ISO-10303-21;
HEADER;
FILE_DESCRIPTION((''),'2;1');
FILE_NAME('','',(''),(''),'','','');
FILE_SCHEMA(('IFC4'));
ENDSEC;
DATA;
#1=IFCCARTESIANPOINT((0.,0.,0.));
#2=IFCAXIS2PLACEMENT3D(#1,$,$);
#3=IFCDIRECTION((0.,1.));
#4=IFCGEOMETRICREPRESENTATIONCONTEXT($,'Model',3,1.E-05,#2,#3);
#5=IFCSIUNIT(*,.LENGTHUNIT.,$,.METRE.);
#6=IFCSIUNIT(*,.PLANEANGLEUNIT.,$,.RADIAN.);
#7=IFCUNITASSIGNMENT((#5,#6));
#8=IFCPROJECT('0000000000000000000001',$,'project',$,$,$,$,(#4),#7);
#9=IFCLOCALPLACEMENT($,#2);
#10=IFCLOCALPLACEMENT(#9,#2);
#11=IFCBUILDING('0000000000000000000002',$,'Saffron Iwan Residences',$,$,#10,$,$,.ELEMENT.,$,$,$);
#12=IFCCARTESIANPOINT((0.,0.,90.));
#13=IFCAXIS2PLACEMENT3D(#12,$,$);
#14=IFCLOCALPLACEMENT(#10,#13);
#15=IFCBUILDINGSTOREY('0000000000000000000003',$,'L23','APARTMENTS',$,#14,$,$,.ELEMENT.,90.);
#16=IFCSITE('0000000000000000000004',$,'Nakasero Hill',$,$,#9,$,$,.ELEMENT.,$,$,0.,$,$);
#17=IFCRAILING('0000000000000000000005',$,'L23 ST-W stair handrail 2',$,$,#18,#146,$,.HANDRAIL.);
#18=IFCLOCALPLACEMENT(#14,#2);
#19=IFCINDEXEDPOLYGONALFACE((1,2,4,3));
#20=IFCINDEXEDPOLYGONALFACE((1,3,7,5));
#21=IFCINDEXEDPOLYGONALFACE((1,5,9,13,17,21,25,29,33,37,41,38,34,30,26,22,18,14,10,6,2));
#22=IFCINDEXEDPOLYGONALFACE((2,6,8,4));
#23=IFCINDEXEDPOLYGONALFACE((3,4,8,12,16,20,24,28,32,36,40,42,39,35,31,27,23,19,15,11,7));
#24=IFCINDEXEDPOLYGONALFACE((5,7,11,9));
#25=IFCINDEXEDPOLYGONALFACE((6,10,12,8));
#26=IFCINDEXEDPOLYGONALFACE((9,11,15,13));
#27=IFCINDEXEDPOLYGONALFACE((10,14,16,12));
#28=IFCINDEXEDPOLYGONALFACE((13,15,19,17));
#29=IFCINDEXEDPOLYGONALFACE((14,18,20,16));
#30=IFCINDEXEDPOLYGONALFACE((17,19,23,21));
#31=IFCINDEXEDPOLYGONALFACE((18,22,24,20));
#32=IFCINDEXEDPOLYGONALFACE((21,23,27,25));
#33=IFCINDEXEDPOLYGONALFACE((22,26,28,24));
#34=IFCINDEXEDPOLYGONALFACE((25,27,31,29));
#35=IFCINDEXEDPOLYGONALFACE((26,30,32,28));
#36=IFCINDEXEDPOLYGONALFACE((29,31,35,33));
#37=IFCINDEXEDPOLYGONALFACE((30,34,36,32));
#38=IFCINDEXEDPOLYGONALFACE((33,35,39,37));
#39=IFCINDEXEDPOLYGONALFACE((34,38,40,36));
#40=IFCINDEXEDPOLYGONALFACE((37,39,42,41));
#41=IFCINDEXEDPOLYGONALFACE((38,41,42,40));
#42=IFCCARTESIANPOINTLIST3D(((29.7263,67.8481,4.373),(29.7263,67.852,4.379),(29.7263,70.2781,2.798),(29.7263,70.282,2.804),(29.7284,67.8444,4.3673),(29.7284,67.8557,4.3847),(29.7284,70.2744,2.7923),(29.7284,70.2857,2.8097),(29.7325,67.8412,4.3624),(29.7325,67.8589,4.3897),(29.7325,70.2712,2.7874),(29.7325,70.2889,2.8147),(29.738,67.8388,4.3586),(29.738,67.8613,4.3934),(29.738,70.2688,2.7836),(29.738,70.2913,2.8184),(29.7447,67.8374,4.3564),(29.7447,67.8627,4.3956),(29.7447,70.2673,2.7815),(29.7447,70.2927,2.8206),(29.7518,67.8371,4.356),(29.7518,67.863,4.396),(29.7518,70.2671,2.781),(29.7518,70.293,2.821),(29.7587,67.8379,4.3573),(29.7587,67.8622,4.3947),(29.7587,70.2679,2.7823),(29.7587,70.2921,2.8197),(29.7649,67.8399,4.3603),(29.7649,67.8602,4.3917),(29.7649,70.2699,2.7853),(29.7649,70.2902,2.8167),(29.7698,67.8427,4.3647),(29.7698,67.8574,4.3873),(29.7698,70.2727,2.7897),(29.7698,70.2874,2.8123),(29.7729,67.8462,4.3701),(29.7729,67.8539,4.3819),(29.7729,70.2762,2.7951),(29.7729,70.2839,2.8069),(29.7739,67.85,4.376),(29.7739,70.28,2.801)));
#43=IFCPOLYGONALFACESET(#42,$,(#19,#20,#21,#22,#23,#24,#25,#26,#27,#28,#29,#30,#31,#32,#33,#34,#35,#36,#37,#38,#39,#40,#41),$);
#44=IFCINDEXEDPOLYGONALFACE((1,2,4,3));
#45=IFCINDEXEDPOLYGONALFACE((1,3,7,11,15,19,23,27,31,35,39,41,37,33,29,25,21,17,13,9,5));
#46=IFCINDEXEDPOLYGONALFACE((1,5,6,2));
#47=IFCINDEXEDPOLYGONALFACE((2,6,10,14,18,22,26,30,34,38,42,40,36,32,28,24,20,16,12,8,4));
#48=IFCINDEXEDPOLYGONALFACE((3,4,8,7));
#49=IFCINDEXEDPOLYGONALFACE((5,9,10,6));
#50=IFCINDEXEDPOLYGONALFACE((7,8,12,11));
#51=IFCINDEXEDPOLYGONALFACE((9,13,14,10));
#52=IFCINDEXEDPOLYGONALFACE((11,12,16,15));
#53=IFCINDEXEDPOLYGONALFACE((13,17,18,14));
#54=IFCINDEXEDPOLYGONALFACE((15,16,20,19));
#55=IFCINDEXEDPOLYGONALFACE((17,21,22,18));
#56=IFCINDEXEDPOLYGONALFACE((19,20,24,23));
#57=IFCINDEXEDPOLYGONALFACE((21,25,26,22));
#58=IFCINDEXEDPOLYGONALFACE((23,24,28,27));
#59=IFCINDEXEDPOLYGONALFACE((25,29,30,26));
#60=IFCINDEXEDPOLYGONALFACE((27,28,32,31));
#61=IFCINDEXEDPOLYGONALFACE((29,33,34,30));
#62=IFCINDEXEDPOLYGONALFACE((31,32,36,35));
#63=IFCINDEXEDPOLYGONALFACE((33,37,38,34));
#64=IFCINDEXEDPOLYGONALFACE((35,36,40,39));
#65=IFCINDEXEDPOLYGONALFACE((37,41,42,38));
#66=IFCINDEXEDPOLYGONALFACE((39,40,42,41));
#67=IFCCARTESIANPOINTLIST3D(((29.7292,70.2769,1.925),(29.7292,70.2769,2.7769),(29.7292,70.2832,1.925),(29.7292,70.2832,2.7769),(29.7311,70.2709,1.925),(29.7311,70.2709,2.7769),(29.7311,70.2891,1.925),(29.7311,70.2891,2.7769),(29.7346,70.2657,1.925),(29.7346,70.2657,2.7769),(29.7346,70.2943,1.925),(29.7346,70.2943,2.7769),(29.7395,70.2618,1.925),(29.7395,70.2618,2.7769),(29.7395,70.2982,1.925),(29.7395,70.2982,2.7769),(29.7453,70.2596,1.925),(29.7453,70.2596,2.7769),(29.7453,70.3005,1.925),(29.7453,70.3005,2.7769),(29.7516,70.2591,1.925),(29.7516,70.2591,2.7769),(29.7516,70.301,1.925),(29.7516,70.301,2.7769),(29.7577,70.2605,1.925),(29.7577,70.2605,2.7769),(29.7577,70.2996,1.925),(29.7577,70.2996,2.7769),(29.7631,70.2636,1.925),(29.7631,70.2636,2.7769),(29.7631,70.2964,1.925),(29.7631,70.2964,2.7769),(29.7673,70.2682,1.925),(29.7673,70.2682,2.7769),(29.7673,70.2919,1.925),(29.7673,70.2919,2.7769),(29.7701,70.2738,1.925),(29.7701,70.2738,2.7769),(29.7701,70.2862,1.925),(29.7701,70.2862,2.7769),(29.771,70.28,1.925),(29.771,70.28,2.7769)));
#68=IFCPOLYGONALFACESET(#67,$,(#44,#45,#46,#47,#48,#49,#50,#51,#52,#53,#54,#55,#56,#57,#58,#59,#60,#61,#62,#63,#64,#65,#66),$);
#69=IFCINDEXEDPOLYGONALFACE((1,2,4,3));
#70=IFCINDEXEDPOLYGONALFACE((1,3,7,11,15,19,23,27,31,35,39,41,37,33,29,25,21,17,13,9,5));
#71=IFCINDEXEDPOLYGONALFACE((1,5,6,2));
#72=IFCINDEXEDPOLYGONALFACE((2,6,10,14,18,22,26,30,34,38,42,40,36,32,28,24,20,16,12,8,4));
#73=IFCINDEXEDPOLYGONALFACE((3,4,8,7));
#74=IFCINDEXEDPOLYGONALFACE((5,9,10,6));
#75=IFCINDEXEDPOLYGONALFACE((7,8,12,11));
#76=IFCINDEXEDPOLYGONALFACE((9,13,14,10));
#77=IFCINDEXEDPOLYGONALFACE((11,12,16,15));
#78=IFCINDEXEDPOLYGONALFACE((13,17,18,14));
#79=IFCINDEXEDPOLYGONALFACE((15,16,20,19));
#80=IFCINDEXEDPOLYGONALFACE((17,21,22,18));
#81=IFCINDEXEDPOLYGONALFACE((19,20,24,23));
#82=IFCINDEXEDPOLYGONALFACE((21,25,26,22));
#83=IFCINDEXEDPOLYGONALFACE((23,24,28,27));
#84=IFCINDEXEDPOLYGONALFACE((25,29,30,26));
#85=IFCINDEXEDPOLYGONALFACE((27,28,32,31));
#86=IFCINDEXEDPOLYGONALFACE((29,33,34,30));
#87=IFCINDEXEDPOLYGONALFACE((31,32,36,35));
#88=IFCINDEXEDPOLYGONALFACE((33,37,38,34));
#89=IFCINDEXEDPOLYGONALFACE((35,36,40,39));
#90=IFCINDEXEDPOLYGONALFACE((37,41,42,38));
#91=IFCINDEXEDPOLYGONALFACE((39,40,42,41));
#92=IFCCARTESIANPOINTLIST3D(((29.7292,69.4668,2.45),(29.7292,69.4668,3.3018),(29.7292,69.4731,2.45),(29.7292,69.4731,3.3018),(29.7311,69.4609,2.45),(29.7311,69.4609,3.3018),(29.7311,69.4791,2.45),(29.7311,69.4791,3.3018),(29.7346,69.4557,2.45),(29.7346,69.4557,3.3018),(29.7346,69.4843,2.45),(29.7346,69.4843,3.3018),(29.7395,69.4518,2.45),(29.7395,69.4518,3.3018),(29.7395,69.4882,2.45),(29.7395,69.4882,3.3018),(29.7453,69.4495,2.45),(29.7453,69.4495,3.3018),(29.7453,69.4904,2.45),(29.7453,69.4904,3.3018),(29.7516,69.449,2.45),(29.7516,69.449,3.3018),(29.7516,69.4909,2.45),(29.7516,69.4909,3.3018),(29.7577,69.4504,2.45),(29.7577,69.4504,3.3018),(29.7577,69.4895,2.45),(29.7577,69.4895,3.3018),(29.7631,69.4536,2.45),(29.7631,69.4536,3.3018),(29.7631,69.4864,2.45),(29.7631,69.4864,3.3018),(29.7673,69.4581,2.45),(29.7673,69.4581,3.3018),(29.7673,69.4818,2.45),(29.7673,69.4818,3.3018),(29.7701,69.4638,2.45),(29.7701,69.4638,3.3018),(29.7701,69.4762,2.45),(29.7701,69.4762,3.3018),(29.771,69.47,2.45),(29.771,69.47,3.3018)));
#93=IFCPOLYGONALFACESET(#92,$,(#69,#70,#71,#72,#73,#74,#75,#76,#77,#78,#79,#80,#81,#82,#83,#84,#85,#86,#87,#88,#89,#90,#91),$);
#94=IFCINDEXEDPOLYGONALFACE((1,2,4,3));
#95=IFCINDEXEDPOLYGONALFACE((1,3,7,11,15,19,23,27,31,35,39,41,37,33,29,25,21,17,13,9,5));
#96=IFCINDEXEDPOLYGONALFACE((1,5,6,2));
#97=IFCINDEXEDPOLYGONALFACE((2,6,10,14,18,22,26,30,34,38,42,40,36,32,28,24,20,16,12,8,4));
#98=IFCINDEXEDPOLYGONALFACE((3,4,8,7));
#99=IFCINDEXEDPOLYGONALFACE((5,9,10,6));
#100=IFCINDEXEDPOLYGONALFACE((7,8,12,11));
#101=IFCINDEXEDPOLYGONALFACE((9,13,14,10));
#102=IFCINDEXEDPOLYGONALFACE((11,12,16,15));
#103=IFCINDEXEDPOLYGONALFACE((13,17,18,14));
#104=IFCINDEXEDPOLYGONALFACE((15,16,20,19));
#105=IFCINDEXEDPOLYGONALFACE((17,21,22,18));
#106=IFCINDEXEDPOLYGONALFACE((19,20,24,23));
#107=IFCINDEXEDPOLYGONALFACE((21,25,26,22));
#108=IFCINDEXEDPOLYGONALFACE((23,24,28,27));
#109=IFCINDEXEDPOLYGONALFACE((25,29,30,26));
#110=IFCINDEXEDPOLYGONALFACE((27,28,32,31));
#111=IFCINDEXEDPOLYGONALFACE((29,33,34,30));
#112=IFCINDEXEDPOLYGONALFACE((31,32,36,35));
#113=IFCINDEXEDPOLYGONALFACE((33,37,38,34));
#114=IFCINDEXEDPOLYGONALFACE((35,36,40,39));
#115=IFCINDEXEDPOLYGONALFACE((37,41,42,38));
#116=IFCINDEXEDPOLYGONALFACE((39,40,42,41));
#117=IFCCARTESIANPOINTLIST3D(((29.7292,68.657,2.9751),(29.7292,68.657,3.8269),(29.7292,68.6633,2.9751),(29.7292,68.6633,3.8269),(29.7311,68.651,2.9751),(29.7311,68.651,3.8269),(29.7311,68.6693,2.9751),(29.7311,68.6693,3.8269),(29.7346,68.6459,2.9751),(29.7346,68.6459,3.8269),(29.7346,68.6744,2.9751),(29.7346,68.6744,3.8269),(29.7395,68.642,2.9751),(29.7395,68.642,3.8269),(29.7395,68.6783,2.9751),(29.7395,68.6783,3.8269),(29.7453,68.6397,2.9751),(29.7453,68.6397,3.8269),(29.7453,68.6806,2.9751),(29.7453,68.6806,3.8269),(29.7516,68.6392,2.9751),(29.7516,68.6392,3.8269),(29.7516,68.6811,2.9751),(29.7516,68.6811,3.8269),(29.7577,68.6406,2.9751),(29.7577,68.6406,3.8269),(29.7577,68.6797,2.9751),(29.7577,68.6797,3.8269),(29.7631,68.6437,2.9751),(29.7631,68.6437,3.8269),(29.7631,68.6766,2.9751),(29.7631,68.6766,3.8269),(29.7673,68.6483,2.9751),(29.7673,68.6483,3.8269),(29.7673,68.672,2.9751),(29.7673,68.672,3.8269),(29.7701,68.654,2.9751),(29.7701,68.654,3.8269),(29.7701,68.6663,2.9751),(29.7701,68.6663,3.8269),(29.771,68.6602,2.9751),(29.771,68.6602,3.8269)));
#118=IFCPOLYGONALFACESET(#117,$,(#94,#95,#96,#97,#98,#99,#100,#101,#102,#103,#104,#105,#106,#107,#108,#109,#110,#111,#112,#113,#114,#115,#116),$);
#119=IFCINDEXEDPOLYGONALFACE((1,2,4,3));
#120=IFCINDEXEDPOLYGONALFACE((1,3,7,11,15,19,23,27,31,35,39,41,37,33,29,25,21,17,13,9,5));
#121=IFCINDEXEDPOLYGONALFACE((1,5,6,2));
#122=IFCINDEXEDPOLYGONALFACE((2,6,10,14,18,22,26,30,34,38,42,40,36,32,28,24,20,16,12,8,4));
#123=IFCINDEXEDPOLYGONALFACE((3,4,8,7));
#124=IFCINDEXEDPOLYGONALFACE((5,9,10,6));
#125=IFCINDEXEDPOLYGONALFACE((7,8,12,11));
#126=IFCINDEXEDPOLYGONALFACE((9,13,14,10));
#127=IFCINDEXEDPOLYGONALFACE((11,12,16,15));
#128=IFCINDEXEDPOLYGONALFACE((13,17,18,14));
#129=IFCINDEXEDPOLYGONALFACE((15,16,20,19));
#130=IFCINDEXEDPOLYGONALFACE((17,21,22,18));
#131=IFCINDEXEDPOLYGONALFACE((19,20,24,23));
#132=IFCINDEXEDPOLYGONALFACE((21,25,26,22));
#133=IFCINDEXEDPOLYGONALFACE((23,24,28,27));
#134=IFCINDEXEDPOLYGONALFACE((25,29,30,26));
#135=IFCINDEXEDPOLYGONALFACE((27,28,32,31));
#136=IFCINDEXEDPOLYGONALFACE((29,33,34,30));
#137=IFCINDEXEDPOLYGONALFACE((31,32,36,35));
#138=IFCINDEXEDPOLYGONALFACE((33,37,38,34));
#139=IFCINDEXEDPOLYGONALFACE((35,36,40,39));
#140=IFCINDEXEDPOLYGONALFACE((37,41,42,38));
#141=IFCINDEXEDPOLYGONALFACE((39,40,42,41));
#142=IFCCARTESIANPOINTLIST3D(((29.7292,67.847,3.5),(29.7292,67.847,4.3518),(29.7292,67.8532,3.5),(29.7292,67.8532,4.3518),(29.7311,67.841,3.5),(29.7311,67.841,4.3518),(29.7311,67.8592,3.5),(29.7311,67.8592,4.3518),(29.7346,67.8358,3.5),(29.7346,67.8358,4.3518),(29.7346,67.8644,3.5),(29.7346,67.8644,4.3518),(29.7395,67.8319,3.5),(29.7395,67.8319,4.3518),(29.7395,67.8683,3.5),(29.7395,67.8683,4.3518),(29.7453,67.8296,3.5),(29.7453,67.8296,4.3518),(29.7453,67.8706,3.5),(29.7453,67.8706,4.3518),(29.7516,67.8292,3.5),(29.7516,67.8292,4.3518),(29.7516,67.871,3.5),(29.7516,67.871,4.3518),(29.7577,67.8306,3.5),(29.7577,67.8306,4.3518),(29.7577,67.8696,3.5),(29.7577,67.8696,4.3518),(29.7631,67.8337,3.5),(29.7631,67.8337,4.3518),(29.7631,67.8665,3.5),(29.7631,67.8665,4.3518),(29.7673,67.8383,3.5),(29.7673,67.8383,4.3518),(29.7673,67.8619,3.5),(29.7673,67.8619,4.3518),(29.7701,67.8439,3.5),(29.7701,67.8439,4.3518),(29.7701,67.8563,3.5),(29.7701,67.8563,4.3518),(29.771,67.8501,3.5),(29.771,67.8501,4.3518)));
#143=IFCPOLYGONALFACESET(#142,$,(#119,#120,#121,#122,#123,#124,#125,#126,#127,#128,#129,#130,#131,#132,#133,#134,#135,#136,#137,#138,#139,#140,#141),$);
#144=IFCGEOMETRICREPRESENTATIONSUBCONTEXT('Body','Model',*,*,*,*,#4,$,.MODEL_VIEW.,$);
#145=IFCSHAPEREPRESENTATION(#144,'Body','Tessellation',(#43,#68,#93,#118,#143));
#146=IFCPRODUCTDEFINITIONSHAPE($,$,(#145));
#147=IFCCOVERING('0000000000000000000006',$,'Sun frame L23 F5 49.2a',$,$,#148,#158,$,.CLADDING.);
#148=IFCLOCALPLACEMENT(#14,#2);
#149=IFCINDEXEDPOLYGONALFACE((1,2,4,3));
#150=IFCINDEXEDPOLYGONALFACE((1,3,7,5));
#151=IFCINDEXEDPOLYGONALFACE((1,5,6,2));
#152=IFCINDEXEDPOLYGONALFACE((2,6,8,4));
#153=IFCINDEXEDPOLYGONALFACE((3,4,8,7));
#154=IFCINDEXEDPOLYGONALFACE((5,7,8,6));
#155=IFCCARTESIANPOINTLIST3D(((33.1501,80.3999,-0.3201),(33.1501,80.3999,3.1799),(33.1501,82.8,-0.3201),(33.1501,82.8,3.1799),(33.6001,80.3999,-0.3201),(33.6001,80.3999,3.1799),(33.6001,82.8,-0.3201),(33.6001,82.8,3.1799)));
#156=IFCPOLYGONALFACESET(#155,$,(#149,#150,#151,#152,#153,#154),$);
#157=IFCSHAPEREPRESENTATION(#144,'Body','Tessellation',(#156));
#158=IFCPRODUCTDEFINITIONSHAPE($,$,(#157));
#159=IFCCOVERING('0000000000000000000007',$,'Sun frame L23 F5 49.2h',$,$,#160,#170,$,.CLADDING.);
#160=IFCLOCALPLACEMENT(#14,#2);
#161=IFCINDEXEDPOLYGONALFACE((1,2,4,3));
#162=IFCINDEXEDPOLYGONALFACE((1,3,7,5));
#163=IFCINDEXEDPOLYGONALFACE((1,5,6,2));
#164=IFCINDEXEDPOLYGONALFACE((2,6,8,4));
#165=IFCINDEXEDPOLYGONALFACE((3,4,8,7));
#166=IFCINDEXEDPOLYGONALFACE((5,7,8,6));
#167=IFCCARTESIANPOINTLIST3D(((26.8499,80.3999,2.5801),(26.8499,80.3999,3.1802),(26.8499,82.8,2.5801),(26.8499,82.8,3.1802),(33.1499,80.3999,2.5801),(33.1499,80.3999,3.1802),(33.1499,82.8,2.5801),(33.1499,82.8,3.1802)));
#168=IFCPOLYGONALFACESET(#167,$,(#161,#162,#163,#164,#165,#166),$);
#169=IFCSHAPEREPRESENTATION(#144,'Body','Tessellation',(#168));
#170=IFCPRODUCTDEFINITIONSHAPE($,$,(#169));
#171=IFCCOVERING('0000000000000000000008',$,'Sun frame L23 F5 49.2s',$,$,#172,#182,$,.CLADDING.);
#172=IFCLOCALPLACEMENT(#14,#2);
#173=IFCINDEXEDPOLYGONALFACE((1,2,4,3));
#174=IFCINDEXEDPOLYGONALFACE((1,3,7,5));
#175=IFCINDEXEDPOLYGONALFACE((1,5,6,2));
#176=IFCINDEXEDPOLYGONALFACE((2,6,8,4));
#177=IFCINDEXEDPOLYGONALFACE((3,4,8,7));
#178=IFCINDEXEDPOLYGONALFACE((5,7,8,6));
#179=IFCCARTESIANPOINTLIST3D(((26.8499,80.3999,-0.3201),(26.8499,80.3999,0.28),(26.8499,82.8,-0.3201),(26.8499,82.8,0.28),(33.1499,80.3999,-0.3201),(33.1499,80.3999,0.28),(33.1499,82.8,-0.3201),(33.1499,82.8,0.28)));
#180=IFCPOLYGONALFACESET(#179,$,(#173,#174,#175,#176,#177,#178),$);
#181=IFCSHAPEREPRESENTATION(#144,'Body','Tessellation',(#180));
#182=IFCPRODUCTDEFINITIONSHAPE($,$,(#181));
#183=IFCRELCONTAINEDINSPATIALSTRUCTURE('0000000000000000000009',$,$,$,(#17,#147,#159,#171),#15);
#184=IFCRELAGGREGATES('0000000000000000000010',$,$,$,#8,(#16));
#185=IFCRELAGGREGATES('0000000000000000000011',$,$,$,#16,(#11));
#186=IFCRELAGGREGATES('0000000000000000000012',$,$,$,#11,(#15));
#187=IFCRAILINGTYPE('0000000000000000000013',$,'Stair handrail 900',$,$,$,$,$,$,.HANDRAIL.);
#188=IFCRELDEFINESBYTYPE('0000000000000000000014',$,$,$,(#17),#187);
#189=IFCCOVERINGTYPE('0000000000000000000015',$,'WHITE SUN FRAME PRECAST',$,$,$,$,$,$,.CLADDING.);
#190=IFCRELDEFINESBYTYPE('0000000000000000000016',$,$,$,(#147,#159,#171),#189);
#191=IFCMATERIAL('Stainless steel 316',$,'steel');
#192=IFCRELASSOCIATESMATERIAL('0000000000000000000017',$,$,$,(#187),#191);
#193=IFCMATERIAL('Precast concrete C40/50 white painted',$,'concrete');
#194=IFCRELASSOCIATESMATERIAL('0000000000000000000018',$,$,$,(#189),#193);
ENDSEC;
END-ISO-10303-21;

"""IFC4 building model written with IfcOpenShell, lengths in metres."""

from ifc_helpers import new_model, si_unit, direction, frame, origin, origin_2d, place, context, subcontext, project, spatial, polyline, circle, outline, extrude, material, type_object, element, save


model = new_model("IFC4")

# Units and contexts
model_context = context("Model", 3, precision=1e-05, world=origin(), true_north=direction((0.0, 1.0)))
body_context = subcontext(model_context, "Body", "Model", "MODEL_VIEW")
ifc_project = project(units=[si_unit("LENGTHUNIT", "METRE"), si_unit("PLANEANGLEUNIT", "RADIAN")], contexts=[model_context])

# Site, building, storey
site_placement = place(None, origin())
site = spatial("IfcSite", under=ifc_project, at=site_placement, Name="Nakasero Hill", CompositionType="ELEMENT", RefElevation=0.0)
building_placement = place(site_placement, origin())
building = spatial("IfcBuilding", under=site, at=building_placement, Name="Saffron Iwan Residences", CompositionType="ELEMENT")
storey_placement = place(building_placement, frame((0.0, 0.0, 90.0)))
storey = spatial("IfcBuildingStorey", under=building, at=storey_placement, Name="L23", Description="APARTMENTS", CompositionType="ELEMENT", Elevation=90.0)

# Railing
ifc_material_1 = material(Name="Stainless steel 316", Category="steel")
railing_type = type_object("IfcRailingType", Name="Stair handrail 900", PredefinedType="HANDRAIL", material=ifc_material_1)
railing_placement = place(storey_placement, frame((29.75, 70.28, 1.925)))
element("IfcRailing", 1, at=railing_placement, inside=storey, type_object=railing_type, Name="L23 ST-W stair handrail 2", PredefinedType="HANDRAIL", context=body_context, shape_type="SweptSolid", body=[
    extrude(circle(Radius=0.0239, at=origin_2d()), frame((0.0, 0.0, 0.876), z_axis=(0.0, -0.839154, 0.543894), x_axis=(1.0, 0.0, 0.0)), (0.0, 0.0, 1.0), 2.8958),
    extrude(circle(Radius=0.021, at=origin_2d()), origin(), (0.0, 0.0, 1.0), 0.8518),
    extrude(circle(Radius=0.021, at=origin_2d()), frame((0.0, -0.8101, 0.5249)), (0.0, 0.0, 1.0), 0.8518),
    extrude(circle(Radius=0.021, at=origin_2d()), frame((0.0, -1.6199, 1.05)), (0.0, 0.0, 1.0), 0.8518),
    extrude(circle(Radius=0.021, at=origin_2d()), frame((0.0, -2.4299, 1.575)), (0.0, 0.0, 1.0), 0.8518),
])

# Coverings
ifc_material_2 = material(Name="Precast concrete C40/50 white painted", Category="concrete")
covering_type = type_object("IfcCoveringType", Name="WHITE SUN FRAME PRECAST", PredefinedType="CLADDING", material=ifc_material_2)
covering_placement = place(storey_placement, frame((33.6001, 80.3999, -0.3201), z_axis=(0.0, 1.0, 0.0), x_axis=(-1.0, 0.0, 0.0)))
element("IfcCovering", 2, at=covering_placement, inside=storey, type_object=covering_type, Name="Sun frame L23 F5 49.2a", PredefinedType="CLADDING", context=body_context, shape_type="SweptSolid", body=[
    extrude(outline(polyline([(0.0, 0.0), (0.45, 0.0), (0.45, 3.5), (0.0, 3.5), (0.0, 0.0)])), origin(), (0.0, 0.0, 1.0), 2.4001),
])
for number, where, z_axis, x_axis, name in (
    (3, (33.1499, 80.3999, 2.5801), (0.0, 1.0, 0.0), (-1.0, 0.0, 0.0), "Sun frame L23 F5 49.2h"),
    (4, (33.1499, 80.3999, -0.3201), (0.0, 1.0, 0.0), (-1.0, 0.0, 0.0), "Sun frame L23 F5 49.2s"),
):
    element("IfcCovering", number, at=place(storey_placement, frame(where, z_axis=z_axis, x_axis=x_axis)), inside=storey, type_object=covering_type, Name=name, PredefinedType="CLADDING", context=body_context, shape_type="SweptSolid", body=[
        extrude(outline(polyline([(0.0, 0.0), (6.3, 0.0), (6.3, 0.6001), (0.0, 0.6001), (0.0, 0.0)])), origin(), (0.0, 0.0, 1.0), 2.4001),
    ])

save(model, "model.ifc")
